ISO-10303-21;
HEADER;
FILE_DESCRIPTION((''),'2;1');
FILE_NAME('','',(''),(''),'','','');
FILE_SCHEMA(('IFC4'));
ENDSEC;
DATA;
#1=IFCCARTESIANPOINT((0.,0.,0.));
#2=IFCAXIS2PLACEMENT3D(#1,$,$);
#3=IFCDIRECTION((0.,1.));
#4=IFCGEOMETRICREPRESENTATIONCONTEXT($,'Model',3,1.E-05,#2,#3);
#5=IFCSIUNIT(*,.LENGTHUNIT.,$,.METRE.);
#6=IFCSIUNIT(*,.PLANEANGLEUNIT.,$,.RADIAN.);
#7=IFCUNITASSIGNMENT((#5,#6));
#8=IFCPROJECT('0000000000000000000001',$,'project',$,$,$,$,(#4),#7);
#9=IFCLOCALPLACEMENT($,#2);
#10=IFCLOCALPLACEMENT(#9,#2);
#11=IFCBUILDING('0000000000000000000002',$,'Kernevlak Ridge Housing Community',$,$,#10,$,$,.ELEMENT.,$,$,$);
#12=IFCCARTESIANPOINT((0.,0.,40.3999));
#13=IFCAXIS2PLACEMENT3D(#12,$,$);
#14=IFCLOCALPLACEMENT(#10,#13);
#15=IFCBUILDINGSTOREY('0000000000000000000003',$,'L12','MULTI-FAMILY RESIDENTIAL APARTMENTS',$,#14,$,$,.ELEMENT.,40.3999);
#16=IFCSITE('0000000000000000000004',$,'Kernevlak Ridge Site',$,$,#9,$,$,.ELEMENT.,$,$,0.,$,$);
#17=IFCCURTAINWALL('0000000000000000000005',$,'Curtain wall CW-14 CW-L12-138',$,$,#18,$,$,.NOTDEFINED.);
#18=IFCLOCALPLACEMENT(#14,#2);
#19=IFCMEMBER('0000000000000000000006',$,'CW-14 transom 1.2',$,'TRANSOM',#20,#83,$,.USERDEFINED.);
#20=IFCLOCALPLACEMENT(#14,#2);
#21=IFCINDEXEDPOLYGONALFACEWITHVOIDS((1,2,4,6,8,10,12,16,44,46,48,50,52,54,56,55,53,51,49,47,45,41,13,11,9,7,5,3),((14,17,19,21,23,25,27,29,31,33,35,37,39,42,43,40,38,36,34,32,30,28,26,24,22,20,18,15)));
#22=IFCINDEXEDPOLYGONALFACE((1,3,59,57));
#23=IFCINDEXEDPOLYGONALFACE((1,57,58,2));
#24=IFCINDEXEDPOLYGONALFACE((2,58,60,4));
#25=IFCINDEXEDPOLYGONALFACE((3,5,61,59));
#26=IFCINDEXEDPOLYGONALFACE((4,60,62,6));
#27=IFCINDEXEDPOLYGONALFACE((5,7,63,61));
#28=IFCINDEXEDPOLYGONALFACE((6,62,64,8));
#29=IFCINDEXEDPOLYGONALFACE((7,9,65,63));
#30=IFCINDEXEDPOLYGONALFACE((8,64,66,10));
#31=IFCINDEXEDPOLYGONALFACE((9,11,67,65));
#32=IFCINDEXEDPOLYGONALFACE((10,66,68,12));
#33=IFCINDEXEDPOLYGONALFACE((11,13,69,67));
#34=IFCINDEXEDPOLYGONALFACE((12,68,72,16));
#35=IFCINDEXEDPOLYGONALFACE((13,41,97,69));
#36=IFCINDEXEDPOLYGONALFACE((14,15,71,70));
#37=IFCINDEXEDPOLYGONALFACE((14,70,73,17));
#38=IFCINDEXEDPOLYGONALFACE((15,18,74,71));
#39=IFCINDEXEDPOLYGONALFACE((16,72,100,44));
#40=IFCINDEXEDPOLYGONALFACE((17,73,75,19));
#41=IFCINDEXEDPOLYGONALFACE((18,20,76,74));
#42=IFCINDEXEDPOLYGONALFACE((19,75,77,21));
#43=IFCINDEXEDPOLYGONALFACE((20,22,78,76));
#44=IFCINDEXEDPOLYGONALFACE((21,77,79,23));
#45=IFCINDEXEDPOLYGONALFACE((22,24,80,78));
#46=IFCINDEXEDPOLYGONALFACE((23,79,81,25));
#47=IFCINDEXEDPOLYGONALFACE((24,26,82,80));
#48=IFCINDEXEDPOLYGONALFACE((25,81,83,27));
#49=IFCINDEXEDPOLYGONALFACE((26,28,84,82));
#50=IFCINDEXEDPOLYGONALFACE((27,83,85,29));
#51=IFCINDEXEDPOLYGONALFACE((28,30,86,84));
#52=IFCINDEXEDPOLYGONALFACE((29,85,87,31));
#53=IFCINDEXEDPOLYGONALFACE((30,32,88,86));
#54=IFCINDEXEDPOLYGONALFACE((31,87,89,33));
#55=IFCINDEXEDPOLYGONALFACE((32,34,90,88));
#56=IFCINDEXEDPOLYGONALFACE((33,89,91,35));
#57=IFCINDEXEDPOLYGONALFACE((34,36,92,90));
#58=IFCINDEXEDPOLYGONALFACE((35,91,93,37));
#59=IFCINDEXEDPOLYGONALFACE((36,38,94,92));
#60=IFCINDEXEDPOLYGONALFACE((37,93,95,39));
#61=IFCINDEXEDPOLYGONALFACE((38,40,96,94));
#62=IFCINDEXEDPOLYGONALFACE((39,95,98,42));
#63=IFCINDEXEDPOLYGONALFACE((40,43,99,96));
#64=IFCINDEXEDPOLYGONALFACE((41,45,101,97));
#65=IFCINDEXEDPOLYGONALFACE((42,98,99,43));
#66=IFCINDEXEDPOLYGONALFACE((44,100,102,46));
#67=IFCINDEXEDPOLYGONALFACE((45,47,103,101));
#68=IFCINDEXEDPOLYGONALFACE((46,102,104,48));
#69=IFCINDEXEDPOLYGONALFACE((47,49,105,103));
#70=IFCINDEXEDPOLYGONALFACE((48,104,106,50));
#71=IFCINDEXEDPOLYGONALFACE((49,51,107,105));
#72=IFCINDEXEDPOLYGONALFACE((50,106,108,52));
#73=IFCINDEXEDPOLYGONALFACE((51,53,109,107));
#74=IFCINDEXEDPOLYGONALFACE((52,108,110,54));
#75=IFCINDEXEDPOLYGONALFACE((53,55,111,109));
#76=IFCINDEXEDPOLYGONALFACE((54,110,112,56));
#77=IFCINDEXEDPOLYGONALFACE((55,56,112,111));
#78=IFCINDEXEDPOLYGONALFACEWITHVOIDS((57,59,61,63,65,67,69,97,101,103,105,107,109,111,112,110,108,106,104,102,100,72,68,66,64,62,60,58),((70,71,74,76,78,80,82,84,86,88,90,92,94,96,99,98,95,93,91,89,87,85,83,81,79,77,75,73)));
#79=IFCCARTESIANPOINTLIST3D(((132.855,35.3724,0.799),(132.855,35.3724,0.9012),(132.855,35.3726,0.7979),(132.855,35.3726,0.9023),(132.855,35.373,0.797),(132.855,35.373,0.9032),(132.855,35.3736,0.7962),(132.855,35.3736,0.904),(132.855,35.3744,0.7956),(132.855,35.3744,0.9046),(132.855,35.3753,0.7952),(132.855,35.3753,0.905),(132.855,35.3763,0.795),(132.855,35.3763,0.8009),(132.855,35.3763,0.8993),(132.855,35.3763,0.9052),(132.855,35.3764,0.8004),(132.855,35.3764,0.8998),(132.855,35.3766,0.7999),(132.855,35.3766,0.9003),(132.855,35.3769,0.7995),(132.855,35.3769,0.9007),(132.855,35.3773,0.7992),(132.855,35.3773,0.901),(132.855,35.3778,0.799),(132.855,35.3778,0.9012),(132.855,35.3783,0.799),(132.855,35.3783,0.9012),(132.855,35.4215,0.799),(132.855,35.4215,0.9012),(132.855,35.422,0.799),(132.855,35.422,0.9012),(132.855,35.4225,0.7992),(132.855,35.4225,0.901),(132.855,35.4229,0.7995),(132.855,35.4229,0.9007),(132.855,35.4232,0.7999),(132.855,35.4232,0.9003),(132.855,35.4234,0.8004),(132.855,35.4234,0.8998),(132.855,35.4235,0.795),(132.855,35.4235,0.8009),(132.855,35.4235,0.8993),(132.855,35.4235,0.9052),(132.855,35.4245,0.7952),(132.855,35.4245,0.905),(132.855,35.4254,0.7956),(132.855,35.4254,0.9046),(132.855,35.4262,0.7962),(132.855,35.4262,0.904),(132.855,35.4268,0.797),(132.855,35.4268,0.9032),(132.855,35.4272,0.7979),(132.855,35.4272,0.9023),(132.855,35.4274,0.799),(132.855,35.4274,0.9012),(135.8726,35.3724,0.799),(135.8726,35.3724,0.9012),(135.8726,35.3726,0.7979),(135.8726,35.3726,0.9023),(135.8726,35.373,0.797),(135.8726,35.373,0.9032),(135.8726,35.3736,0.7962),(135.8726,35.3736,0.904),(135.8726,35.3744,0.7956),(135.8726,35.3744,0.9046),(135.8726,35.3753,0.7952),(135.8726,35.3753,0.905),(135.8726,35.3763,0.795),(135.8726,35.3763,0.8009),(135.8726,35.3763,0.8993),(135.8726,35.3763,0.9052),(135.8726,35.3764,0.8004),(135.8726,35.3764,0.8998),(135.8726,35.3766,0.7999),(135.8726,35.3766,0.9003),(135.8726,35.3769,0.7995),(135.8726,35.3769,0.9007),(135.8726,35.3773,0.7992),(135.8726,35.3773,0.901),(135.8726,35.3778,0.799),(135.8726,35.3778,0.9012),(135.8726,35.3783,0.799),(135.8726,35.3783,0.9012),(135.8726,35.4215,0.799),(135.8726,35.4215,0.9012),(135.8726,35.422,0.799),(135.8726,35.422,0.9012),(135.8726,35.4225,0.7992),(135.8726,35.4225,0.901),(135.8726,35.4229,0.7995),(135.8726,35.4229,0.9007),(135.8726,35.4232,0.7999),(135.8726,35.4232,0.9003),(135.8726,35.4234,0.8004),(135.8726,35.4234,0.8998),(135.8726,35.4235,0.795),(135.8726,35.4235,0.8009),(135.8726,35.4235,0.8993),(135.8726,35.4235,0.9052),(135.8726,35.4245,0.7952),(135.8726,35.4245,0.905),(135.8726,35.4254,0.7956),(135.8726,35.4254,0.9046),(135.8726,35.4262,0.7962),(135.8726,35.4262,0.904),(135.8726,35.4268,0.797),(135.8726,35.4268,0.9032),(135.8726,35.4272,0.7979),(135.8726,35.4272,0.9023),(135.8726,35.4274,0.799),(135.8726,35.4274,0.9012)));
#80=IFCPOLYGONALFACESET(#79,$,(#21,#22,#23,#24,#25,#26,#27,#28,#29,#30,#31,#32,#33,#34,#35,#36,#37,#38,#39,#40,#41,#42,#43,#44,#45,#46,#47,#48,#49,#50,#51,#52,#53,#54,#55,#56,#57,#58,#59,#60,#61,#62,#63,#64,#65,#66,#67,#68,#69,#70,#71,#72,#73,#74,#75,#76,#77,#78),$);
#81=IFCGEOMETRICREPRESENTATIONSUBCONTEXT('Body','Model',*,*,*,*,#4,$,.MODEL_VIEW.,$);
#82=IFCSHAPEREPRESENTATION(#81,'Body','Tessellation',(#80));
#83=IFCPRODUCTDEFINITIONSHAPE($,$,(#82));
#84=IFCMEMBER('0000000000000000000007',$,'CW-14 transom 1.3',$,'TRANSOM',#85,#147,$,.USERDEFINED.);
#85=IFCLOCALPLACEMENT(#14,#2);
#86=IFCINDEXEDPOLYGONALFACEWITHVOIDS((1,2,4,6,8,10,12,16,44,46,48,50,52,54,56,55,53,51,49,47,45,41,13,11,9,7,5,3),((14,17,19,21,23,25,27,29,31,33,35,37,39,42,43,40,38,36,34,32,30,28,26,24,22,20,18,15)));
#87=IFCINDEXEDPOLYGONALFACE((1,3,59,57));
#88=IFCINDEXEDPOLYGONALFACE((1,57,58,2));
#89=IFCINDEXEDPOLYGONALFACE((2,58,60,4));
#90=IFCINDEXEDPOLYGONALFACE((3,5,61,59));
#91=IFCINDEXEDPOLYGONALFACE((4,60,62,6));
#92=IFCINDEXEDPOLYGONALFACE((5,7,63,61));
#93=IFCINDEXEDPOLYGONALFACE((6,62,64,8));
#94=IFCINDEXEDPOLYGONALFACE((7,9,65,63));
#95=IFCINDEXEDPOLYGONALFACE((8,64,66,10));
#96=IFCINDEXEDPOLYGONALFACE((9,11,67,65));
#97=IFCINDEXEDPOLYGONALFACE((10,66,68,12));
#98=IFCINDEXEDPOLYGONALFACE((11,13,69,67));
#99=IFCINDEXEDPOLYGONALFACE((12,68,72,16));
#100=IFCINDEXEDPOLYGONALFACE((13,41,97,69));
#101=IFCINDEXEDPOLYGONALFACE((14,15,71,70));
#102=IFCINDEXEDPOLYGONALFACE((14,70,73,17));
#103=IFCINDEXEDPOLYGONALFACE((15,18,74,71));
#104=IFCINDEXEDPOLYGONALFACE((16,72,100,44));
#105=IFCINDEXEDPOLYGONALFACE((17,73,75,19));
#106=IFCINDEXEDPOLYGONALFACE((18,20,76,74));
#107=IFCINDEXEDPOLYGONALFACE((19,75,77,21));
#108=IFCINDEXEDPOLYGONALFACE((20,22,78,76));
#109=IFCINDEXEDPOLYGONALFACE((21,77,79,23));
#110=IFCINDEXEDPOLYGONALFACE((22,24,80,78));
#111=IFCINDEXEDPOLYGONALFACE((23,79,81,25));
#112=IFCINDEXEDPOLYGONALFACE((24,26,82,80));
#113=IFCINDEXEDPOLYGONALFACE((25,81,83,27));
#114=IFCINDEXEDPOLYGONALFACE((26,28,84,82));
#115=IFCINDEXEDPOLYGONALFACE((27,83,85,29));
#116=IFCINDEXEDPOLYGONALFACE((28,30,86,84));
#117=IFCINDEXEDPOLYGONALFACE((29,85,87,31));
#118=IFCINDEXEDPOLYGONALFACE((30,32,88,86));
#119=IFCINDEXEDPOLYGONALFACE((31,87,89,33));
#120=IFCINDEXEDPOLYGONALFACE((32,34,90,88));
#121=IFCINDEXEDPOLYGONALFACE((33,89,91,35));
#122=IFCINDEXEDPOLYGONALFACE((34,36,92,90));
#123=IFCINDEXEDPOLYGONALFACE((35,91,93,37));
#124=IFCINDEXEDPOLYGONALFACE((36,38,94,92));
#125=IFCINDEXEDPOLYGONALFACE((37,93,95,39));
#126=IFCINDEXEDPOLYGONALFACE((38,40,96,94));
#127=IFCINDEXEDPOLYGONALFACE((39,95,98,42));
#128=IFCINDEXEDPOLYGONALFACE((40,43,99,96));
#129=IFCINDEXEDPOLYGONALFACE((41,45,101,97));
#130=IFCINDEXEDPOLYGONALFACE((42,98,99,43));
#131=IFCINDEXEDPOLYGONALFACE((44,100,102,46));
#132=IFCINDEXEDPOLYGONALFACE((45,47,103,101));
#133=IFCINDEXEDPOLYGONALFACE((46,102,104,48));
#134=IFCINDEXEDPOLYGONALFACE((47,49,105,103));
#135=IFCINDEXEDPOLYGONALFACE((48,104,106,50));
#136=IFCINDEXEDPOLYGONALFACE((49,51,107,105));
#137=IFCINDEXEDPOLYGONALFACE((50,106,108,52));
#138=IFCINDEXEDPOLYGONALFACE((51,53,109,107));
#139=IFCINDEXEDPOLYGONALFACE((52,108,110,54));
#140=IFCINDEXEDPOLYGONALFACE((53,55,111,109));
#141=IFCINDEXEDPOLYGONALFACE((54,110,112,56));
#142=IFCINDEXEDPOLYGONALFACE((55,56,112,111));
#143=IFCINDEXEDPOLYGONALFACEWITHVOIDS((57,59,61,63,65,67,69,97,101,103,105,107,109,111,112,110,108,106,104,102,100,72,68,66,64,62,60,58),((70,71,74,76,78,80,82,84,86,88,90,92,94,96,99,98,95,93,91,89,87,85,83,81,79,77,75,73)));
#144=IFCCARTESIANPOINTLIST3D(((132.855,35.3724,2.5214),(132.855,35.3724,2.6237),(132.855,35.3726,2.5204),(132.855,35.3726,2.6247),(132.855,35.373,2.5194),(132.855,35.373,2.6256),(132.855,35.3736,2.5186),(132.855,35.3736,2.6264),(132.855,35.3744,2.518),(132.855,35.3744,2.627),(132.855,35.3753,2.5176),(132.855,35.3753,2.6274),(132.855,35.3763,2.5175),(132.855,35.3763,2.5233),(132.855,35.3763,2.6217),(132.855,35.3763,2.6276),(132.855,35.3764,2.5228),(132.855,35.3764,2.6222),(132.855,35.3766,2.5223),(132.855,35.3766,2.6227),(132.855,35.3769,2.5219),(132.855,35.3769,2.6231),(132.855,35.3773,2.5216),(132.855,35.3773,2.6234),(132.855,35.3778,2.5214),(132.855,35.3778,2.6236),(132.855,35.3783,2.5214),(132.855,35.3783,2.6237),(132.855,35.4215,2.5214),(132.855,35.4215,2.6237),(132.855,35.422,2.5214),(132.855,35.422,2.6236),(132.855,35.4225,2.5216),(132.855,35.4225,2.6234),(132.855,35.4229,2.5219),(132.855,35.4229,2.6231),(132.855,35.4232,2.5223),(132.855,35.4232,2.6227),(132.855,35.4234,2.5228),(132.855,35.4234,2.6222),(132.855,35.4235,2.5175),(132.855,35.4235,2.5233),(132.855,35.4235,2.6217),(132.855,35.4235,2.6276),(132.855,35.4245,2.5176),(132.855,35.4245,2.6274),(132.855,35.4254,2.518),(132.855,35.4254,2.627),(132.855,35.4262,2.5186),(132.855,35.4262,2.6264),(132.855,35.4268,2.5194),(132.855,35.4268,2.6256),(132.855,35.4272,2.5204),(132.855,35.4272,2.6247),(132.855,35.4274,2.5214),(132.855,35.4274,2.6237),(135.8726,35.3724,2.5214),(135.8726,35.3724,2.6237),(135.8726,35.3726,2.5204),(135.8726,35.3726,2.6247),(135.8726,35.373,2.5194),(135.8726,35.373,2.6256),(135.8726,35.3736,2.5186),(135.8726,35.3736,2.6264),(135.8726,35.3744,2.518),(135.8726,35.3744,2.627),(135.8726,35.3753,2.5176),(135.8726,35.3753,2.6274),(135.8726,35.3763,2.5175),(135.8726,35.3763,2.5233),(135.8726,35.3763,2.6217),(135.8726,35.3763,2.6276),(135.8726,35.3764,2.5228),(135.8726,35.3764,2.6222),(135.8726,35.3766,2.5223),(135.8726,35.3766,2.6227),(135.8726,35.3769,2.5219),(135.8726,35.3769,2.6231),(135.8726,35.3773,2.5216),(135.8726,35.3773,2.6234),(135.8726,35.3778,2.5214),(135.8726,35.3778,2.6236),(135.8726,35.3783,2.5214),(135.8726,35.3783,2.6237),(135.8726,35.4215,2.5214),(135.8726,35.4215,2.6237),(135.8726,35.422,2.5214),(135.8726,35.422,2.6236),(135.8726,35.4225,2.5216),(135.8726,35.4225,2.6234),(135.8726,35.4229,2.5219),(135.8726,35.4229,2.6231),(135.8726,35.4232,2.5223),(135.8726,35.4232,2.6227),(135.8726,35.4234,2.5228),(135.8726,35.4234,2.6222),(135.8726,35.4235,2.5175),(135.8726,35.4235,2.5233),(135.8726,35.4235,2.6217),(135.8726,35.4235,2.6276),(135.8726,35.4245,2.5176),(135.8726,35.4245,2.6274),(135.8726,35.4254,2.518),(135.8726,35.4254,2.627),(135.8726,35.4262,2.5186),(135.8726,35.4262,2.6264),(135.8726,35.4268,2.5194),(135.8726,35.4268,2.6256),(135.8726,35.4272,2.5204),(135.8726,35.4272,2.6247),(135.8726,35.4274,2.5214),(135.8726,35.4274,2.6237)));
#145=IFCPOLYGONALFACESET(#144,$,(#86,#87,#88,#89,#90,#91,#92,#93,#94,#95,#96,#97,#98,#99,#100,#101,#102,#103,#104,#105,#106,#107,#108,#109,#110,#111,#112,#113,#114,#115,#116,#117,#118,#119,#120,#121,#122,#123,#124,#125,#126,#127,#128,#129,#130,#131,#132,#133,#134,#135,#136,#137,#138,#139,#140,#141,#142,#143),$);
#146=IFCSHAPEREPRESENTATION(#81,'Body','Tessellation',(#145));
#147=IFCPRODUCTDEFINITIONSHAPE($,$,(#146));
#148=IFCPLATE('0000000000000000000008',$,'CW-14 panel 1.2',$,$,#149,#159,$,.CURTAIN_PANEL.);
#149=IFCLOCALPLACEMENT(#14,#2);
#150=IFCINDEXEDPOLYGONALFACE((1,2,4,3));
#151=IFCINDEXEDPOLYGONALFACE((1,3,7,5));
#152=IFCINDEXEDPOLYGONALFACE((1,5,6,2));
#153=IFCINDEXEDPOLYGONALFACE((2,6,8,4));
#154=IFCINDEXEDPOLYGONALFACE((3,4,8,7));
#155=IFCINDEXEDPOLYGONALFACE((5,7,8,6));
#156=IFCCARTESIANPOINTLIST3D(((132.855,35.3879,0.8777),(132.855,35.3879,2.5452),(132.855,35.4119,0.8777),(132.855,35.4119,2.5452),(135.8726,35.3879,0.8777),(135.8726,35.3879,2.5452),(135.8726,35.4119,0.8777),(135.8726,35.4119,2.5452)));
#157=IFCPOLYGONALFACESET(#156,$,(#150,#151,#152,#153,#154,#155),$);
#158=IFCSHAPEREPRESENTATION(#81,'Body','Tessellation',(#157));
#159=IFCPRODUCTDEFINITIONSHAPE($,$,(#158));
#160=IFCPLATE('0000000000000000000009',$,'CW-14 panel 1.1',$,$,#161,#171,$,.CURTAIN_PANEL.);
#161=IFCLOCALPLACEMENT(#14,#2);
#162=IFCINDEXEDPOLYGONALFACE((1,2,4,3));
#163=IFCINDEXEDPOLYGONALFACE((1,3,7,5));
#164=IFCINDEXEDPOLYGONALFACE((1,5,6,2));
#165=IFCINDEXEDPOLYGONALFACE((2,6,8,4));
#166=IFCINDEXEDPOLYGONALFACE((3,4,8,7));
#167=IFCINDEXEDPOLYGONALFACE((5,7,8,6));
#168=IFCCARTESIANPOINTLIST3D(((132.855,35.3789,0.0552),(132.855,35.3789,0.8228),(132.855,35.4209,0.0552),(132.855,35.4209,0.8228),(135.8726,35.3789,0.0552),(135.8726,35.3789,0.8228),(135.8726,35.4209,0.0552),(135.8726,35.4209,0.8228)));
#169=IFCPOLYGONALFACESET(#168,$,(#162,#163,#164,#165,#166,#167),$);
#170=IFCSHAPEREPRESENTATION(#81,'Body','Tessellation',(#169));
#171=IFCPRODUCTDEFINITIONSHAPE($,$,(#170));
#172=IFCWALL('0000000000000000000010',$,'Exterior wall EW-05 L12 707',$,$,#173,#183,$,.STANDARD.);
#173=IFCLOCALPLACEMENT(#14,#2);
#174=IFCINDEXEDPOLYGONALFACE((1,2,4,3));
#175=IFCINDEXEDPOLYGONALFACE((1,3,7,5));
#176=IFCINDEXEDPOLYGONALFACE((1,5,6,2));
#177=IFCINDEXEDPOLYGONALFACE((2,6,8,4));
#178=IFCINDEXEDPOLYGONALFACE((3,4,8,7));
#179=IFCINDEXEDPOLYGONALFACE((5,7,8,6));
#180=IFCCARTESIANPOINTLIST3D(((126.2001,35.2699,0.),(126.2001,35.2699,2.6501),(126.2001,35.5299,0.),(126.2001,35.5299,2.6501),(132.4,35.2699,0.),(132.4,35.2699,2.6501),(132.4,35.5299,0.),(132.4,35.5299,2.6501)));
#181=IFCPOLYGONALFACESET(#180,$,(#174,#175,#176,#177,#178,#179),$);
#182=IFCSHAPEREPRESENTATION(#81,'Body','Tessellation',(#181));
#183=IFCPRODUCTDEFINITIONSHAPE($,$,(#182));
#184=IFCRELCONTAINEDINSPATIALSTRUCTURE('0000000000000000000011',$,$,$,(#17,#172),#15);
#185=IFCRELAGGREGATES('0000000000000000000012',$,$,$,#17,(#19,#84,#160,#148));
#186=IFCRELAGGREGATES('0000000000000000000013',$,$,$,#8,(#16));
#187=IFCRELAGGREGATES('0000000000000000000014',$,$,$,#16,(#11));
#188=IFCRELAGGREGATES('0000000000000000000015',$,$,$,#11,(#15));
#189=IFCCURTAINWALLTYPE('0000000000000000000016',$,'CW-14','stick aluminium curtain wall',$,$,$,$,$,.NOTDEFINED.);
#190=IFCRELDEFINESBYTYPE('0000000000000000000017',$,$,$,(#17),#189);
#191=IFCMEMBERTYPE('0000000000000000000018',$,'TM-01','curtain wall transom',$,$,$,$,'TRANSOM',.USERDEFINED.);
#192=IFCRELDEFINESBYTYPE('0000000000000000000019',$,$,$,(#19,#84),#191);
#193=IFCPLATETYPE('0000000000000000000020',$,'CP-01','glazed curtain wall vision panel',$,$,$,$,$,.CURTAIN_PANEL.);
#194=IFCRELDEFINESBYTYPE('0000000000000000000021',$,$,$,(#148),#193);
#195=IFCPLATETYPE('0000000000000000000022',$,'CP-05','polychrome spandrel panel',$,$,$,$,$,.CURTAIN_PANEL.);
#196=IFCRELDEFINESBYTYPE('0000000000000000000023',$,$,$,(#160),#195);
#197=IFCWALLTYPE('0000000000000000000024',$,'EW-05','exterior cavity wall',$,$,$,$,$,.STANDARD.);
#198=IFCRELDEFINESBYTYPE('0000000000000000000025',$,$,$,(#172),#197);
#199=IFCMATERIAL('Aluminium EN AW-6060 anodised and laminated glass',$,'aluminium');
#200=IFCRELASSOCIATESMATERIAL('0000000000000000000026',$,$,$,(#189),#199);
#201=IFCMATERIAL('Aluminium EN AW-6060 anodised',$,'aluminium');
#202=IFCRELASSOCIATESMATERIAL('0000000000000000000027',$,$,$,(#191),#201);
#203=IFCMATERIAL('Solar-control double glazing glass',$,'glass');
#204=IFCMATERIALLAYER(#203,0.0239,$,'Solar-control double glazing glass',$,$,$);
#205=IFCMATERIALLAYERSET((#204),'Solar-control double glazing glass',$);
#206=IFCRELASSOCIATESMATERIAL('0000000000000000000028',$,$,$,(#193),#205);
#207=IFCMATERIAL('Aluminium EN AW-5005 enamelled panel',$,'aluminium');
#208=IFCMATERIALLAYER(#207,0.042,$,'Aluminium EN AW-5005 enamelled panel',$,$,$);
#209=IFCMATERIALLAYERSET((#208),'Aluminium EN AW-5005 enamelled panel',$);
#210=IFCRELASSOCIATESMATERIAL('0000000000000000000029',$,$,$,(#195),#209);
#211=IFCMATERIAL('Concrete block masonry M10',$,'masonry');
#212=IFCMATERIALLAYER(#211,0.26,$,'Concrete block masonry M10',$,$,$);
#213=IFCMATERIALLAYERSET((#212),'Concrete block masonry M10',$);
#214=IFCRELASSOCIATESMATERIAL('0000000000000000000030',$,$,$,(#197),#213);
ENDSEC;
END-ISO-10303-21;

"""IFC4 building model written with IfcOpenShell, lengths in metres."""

from ifc_helpers import new_model, si_unit, direction, frame, frame_2d, origin, origin_2d, place, context, subcontext, project, spatial, rectangle, hollow_rectangle, extrude, material, layer, layer_set, material_profile, profile_set, type_object, element, aggregate, save


model = new_model("IFC4")

# Units and contexts
model_context = context("Model", 3, precision=1e-05, world=origin(), true_north=direction((0.0, 1.0)))
body_context = subcontext(model_context, "Body", "Model", "MODEL_VIEW")
ifc_project = project(units=[si_unit("LENGTHUNIT", "METRE"), si_unit("PLANEANGLEUNIT", "RADIAN")], contexts=[model_context])

# Site, building, storey
site_placement = place(None, origin())
site = spatial("IfcSite", under=ifc_project, at=site_placement, Name="Kernevlak Ridge Site", CompositionType="ELEMENT", RefElevation=0.0)
building_placement = place(site_placement, origin())
building = spatial("IfcBuilding", under=site, at=building_placement, Name="Kernevlak Ridge Housing Community", CompositionType="ELEMENT")
storey_placement = place(building_placement, frame((0.0, 0.0, 40.3999)))
storey = spatial("IfcBuildingStorey", under=building, at=storey_placement, Name="L12", Description="MULTI-FAMILY RESIDENTIAL APARTMENTS", CompositionType="ELEMENT", Elevation=40.3999)

# Curtain wall
ifc_material_1 = material(Name="Aluminium EN AW-6060 anodised and laminated glass", Category="aluminium")
curtain_wall_type = type_object("IfcCurtainWallType", Name="CW-14", Description="stick aluminium curtain wall", PredefinedType="NOTDEFINED", material=ifc_material_1)
curtain_wall_placement = place(storey_placement, origin())
curtain_wall = element("IfcCurtainWall", 1, at=curtain_wall_placement, inside=storey, type_object=curtain_wall_type, Name="Curtain wall CW-14 CW-L12-138", PredefinedType="NOTDEFINED")
ifc_material_2 = material(Name="Aluminium EN AW-6060 anodised", Category="aluminium")

# Members
ifc_material_profile_1 = material_profile(ifc_material_2, hollow_rectangle(XDim=0.0549, YDim=0.1101, WallThickness=0.0039, InnerFilletRadius=0.002, OuterFilletRadius=0.0039, at=origin_2d()), Name="ALU 55x110x4")
ifc_profile_set_1 = profile_set([ifc_material_profile_1], Name="Aluminium EN AW-6060 anodised")
member_type_1 = type_object("IfcMemberType", Name="TM-01", Description="curtain wall transom", ElementType="TRANSOM", PredefinedType="USERDEFINED", material=ifc_profile_set_1)
member_1_placement = place(storey_placement, frame((132.855, 35.3999, 0.8501), z_axis=(1.0, 0.0, 0.0), x_axis=(0.0, 1.0, 0.0)))
member_1 = element("IfcMember", 2, at=member_1_placement, type_object=member_type_1, Name="CW-14 transom 1.2", ObjectType="TRANSOM", PredefinedType="USERDEFINED", context=body_context, shape_type="SweptSolid", body=[
    extrude(hollow_rectangle(XDim=0.0549, YDim=0.1101, WallThickness=0.0039, InnerFilletRadius=0.002, OuterFilletRadius=0.0039, at=origin_2d()), origin(), (0.0, 0.0, 1.0), 3.0176),
])
member_2_placement = place(storey_placement, frame((132.855, 35.3999, 2.5725), z_axis=(1.0, 0.0, 0.0), x_axis=(0.0, 1.0, 0.0)))
member_2 = element("IfcMember", 3, at=member_2_placement, type_object=member_type_1, Name="CW-14 transom 1.3", ObjectType="TRANSOM", PredefinedType="USERDEFINED", context=body_context, shape_type="SweptSolid", body=[
    extrude(hollow_rectangle(XDim=0.0549, YDim=0.1101, WallThickness=0.0039, InnerFilletRadius=0.002, OuterFilletRadius=0.0039, at=origin_2d()), origin(), (0.0, 0.0, 1.0), 3.0176),
])

# Plates
ifc_material_3 = material(Name="Solar-control double glazing glass", Category="glass")
ifc_layer_1 = layer(ifc_material_3, 0.0239, Name="Solar-control double glazing glass")
ifc_layer_set_1 = layer_set([ifc_layer_1], Name="Solar-control double glazing glass")
plate_type_1 = type_object("IfcPlateType", Name="CP-01", Description="glazed curtain wall vision panel", PredefinedType="CURTAIN_PANEL", material=ifc_layer_set_1)
plate_1_placement = place(storey_placement, frame((134.3638, 35.3999, 0.8777), z_axis=(0.0, 0.0, 1.0), x_axis=(1.0, 0.0, 0.0)))
plate_1 = element("IfcPlate", 4, at=plate_1_placement, type_object=plate_type_1, Name="CW-14 panel 1.2", PredefinedType="CURTAIN_PANEL", context=body_context, shape_type="SweptSolid", body=[
    extrude(rectangle(XDim=3.0176, YDim=0.0239, at=origin_2d()), origin(), (0.0, 0.0, 1.0), 1.6675),
])
ifc_material_4 = material(Name="Aluminium EN AW-5005 enamelled panel", Category="aluminium")
ifc_layer_2 = layer(ifc_material_4, 0.042, Name="Aluminium EN AW-5005 enamelled panel")
ifc_layer_set_2 = layer_set([ifc_layer_2], Name="Aluminium EN AW-5005 enamelled panel")
plate_type_2 = type_object("IfcPlateType", Name="CP-05", Description="polychrome spandrel panel", PredefinedType="CURTAIN_PANEL", material=ifc_layer_set_2)
plate_2_placement = place(storey_placement, frame((134.3638, 35.3999, 0.0552), z_axis=(0.0, 0.0, 1.0), x_axis=(1.0, 0.0, 0.0)))
plate_2 = element("IfcPlate", 5, at=plate_2_placement, type_object=plate_type_2, Name="CW-14 panel 1.1", PredefinedType="CURTAIN_PANEL", context=body_context, shape_type="SweptSolid", body=[
    extrude(rectangle(XDim=3.0176, YDim=0.042, at=origin_2d()), origin(), (0.0, 0.0, 1.0), 0.7676),
])
aggregate(curtain_wall, [member_1, member_2, plate_2, plate_1])

# Wall
ifc_material_5 = material(Name="Concrete block masonry M10", Category="masonry")
ifc_layer_3 = layer(ifc_material_5, 0.26, Name="Concrete block masonry M10")
ifc_layer_set_3 = layer_set([ifc_layer_3], Name="Concrete block masonry M10")
wall_type_1 = type_object("IfcWallType", Name="EW-05", Description="exterior cavity wall", PredefinedType="STANDARD", material=ifc_layer_set_3)
wall_1_placement = place(storey_placement, frame((126.2, 35.3999, 0.0), z_axis=(0.0, 0.0, 1.0), x_axis=(1.0, 0.0, 0.0)))
element("IfcWall", 6, at=wall_1_placement, inside=storey, type_object=wall_type_1, Name="Exterior wall EW-05 L12 707", PredefinedType="STANDARD", context=body_context, shape_type="SweptSolid", body=[
    extrude(rectangle(XDim=6.2, YDim=0.26, at=frame_2d((3.1001, 0.0))), origin(), (0.0, 0.0, 1.0), 2.6501),
])

save(model, "model.ifc")
